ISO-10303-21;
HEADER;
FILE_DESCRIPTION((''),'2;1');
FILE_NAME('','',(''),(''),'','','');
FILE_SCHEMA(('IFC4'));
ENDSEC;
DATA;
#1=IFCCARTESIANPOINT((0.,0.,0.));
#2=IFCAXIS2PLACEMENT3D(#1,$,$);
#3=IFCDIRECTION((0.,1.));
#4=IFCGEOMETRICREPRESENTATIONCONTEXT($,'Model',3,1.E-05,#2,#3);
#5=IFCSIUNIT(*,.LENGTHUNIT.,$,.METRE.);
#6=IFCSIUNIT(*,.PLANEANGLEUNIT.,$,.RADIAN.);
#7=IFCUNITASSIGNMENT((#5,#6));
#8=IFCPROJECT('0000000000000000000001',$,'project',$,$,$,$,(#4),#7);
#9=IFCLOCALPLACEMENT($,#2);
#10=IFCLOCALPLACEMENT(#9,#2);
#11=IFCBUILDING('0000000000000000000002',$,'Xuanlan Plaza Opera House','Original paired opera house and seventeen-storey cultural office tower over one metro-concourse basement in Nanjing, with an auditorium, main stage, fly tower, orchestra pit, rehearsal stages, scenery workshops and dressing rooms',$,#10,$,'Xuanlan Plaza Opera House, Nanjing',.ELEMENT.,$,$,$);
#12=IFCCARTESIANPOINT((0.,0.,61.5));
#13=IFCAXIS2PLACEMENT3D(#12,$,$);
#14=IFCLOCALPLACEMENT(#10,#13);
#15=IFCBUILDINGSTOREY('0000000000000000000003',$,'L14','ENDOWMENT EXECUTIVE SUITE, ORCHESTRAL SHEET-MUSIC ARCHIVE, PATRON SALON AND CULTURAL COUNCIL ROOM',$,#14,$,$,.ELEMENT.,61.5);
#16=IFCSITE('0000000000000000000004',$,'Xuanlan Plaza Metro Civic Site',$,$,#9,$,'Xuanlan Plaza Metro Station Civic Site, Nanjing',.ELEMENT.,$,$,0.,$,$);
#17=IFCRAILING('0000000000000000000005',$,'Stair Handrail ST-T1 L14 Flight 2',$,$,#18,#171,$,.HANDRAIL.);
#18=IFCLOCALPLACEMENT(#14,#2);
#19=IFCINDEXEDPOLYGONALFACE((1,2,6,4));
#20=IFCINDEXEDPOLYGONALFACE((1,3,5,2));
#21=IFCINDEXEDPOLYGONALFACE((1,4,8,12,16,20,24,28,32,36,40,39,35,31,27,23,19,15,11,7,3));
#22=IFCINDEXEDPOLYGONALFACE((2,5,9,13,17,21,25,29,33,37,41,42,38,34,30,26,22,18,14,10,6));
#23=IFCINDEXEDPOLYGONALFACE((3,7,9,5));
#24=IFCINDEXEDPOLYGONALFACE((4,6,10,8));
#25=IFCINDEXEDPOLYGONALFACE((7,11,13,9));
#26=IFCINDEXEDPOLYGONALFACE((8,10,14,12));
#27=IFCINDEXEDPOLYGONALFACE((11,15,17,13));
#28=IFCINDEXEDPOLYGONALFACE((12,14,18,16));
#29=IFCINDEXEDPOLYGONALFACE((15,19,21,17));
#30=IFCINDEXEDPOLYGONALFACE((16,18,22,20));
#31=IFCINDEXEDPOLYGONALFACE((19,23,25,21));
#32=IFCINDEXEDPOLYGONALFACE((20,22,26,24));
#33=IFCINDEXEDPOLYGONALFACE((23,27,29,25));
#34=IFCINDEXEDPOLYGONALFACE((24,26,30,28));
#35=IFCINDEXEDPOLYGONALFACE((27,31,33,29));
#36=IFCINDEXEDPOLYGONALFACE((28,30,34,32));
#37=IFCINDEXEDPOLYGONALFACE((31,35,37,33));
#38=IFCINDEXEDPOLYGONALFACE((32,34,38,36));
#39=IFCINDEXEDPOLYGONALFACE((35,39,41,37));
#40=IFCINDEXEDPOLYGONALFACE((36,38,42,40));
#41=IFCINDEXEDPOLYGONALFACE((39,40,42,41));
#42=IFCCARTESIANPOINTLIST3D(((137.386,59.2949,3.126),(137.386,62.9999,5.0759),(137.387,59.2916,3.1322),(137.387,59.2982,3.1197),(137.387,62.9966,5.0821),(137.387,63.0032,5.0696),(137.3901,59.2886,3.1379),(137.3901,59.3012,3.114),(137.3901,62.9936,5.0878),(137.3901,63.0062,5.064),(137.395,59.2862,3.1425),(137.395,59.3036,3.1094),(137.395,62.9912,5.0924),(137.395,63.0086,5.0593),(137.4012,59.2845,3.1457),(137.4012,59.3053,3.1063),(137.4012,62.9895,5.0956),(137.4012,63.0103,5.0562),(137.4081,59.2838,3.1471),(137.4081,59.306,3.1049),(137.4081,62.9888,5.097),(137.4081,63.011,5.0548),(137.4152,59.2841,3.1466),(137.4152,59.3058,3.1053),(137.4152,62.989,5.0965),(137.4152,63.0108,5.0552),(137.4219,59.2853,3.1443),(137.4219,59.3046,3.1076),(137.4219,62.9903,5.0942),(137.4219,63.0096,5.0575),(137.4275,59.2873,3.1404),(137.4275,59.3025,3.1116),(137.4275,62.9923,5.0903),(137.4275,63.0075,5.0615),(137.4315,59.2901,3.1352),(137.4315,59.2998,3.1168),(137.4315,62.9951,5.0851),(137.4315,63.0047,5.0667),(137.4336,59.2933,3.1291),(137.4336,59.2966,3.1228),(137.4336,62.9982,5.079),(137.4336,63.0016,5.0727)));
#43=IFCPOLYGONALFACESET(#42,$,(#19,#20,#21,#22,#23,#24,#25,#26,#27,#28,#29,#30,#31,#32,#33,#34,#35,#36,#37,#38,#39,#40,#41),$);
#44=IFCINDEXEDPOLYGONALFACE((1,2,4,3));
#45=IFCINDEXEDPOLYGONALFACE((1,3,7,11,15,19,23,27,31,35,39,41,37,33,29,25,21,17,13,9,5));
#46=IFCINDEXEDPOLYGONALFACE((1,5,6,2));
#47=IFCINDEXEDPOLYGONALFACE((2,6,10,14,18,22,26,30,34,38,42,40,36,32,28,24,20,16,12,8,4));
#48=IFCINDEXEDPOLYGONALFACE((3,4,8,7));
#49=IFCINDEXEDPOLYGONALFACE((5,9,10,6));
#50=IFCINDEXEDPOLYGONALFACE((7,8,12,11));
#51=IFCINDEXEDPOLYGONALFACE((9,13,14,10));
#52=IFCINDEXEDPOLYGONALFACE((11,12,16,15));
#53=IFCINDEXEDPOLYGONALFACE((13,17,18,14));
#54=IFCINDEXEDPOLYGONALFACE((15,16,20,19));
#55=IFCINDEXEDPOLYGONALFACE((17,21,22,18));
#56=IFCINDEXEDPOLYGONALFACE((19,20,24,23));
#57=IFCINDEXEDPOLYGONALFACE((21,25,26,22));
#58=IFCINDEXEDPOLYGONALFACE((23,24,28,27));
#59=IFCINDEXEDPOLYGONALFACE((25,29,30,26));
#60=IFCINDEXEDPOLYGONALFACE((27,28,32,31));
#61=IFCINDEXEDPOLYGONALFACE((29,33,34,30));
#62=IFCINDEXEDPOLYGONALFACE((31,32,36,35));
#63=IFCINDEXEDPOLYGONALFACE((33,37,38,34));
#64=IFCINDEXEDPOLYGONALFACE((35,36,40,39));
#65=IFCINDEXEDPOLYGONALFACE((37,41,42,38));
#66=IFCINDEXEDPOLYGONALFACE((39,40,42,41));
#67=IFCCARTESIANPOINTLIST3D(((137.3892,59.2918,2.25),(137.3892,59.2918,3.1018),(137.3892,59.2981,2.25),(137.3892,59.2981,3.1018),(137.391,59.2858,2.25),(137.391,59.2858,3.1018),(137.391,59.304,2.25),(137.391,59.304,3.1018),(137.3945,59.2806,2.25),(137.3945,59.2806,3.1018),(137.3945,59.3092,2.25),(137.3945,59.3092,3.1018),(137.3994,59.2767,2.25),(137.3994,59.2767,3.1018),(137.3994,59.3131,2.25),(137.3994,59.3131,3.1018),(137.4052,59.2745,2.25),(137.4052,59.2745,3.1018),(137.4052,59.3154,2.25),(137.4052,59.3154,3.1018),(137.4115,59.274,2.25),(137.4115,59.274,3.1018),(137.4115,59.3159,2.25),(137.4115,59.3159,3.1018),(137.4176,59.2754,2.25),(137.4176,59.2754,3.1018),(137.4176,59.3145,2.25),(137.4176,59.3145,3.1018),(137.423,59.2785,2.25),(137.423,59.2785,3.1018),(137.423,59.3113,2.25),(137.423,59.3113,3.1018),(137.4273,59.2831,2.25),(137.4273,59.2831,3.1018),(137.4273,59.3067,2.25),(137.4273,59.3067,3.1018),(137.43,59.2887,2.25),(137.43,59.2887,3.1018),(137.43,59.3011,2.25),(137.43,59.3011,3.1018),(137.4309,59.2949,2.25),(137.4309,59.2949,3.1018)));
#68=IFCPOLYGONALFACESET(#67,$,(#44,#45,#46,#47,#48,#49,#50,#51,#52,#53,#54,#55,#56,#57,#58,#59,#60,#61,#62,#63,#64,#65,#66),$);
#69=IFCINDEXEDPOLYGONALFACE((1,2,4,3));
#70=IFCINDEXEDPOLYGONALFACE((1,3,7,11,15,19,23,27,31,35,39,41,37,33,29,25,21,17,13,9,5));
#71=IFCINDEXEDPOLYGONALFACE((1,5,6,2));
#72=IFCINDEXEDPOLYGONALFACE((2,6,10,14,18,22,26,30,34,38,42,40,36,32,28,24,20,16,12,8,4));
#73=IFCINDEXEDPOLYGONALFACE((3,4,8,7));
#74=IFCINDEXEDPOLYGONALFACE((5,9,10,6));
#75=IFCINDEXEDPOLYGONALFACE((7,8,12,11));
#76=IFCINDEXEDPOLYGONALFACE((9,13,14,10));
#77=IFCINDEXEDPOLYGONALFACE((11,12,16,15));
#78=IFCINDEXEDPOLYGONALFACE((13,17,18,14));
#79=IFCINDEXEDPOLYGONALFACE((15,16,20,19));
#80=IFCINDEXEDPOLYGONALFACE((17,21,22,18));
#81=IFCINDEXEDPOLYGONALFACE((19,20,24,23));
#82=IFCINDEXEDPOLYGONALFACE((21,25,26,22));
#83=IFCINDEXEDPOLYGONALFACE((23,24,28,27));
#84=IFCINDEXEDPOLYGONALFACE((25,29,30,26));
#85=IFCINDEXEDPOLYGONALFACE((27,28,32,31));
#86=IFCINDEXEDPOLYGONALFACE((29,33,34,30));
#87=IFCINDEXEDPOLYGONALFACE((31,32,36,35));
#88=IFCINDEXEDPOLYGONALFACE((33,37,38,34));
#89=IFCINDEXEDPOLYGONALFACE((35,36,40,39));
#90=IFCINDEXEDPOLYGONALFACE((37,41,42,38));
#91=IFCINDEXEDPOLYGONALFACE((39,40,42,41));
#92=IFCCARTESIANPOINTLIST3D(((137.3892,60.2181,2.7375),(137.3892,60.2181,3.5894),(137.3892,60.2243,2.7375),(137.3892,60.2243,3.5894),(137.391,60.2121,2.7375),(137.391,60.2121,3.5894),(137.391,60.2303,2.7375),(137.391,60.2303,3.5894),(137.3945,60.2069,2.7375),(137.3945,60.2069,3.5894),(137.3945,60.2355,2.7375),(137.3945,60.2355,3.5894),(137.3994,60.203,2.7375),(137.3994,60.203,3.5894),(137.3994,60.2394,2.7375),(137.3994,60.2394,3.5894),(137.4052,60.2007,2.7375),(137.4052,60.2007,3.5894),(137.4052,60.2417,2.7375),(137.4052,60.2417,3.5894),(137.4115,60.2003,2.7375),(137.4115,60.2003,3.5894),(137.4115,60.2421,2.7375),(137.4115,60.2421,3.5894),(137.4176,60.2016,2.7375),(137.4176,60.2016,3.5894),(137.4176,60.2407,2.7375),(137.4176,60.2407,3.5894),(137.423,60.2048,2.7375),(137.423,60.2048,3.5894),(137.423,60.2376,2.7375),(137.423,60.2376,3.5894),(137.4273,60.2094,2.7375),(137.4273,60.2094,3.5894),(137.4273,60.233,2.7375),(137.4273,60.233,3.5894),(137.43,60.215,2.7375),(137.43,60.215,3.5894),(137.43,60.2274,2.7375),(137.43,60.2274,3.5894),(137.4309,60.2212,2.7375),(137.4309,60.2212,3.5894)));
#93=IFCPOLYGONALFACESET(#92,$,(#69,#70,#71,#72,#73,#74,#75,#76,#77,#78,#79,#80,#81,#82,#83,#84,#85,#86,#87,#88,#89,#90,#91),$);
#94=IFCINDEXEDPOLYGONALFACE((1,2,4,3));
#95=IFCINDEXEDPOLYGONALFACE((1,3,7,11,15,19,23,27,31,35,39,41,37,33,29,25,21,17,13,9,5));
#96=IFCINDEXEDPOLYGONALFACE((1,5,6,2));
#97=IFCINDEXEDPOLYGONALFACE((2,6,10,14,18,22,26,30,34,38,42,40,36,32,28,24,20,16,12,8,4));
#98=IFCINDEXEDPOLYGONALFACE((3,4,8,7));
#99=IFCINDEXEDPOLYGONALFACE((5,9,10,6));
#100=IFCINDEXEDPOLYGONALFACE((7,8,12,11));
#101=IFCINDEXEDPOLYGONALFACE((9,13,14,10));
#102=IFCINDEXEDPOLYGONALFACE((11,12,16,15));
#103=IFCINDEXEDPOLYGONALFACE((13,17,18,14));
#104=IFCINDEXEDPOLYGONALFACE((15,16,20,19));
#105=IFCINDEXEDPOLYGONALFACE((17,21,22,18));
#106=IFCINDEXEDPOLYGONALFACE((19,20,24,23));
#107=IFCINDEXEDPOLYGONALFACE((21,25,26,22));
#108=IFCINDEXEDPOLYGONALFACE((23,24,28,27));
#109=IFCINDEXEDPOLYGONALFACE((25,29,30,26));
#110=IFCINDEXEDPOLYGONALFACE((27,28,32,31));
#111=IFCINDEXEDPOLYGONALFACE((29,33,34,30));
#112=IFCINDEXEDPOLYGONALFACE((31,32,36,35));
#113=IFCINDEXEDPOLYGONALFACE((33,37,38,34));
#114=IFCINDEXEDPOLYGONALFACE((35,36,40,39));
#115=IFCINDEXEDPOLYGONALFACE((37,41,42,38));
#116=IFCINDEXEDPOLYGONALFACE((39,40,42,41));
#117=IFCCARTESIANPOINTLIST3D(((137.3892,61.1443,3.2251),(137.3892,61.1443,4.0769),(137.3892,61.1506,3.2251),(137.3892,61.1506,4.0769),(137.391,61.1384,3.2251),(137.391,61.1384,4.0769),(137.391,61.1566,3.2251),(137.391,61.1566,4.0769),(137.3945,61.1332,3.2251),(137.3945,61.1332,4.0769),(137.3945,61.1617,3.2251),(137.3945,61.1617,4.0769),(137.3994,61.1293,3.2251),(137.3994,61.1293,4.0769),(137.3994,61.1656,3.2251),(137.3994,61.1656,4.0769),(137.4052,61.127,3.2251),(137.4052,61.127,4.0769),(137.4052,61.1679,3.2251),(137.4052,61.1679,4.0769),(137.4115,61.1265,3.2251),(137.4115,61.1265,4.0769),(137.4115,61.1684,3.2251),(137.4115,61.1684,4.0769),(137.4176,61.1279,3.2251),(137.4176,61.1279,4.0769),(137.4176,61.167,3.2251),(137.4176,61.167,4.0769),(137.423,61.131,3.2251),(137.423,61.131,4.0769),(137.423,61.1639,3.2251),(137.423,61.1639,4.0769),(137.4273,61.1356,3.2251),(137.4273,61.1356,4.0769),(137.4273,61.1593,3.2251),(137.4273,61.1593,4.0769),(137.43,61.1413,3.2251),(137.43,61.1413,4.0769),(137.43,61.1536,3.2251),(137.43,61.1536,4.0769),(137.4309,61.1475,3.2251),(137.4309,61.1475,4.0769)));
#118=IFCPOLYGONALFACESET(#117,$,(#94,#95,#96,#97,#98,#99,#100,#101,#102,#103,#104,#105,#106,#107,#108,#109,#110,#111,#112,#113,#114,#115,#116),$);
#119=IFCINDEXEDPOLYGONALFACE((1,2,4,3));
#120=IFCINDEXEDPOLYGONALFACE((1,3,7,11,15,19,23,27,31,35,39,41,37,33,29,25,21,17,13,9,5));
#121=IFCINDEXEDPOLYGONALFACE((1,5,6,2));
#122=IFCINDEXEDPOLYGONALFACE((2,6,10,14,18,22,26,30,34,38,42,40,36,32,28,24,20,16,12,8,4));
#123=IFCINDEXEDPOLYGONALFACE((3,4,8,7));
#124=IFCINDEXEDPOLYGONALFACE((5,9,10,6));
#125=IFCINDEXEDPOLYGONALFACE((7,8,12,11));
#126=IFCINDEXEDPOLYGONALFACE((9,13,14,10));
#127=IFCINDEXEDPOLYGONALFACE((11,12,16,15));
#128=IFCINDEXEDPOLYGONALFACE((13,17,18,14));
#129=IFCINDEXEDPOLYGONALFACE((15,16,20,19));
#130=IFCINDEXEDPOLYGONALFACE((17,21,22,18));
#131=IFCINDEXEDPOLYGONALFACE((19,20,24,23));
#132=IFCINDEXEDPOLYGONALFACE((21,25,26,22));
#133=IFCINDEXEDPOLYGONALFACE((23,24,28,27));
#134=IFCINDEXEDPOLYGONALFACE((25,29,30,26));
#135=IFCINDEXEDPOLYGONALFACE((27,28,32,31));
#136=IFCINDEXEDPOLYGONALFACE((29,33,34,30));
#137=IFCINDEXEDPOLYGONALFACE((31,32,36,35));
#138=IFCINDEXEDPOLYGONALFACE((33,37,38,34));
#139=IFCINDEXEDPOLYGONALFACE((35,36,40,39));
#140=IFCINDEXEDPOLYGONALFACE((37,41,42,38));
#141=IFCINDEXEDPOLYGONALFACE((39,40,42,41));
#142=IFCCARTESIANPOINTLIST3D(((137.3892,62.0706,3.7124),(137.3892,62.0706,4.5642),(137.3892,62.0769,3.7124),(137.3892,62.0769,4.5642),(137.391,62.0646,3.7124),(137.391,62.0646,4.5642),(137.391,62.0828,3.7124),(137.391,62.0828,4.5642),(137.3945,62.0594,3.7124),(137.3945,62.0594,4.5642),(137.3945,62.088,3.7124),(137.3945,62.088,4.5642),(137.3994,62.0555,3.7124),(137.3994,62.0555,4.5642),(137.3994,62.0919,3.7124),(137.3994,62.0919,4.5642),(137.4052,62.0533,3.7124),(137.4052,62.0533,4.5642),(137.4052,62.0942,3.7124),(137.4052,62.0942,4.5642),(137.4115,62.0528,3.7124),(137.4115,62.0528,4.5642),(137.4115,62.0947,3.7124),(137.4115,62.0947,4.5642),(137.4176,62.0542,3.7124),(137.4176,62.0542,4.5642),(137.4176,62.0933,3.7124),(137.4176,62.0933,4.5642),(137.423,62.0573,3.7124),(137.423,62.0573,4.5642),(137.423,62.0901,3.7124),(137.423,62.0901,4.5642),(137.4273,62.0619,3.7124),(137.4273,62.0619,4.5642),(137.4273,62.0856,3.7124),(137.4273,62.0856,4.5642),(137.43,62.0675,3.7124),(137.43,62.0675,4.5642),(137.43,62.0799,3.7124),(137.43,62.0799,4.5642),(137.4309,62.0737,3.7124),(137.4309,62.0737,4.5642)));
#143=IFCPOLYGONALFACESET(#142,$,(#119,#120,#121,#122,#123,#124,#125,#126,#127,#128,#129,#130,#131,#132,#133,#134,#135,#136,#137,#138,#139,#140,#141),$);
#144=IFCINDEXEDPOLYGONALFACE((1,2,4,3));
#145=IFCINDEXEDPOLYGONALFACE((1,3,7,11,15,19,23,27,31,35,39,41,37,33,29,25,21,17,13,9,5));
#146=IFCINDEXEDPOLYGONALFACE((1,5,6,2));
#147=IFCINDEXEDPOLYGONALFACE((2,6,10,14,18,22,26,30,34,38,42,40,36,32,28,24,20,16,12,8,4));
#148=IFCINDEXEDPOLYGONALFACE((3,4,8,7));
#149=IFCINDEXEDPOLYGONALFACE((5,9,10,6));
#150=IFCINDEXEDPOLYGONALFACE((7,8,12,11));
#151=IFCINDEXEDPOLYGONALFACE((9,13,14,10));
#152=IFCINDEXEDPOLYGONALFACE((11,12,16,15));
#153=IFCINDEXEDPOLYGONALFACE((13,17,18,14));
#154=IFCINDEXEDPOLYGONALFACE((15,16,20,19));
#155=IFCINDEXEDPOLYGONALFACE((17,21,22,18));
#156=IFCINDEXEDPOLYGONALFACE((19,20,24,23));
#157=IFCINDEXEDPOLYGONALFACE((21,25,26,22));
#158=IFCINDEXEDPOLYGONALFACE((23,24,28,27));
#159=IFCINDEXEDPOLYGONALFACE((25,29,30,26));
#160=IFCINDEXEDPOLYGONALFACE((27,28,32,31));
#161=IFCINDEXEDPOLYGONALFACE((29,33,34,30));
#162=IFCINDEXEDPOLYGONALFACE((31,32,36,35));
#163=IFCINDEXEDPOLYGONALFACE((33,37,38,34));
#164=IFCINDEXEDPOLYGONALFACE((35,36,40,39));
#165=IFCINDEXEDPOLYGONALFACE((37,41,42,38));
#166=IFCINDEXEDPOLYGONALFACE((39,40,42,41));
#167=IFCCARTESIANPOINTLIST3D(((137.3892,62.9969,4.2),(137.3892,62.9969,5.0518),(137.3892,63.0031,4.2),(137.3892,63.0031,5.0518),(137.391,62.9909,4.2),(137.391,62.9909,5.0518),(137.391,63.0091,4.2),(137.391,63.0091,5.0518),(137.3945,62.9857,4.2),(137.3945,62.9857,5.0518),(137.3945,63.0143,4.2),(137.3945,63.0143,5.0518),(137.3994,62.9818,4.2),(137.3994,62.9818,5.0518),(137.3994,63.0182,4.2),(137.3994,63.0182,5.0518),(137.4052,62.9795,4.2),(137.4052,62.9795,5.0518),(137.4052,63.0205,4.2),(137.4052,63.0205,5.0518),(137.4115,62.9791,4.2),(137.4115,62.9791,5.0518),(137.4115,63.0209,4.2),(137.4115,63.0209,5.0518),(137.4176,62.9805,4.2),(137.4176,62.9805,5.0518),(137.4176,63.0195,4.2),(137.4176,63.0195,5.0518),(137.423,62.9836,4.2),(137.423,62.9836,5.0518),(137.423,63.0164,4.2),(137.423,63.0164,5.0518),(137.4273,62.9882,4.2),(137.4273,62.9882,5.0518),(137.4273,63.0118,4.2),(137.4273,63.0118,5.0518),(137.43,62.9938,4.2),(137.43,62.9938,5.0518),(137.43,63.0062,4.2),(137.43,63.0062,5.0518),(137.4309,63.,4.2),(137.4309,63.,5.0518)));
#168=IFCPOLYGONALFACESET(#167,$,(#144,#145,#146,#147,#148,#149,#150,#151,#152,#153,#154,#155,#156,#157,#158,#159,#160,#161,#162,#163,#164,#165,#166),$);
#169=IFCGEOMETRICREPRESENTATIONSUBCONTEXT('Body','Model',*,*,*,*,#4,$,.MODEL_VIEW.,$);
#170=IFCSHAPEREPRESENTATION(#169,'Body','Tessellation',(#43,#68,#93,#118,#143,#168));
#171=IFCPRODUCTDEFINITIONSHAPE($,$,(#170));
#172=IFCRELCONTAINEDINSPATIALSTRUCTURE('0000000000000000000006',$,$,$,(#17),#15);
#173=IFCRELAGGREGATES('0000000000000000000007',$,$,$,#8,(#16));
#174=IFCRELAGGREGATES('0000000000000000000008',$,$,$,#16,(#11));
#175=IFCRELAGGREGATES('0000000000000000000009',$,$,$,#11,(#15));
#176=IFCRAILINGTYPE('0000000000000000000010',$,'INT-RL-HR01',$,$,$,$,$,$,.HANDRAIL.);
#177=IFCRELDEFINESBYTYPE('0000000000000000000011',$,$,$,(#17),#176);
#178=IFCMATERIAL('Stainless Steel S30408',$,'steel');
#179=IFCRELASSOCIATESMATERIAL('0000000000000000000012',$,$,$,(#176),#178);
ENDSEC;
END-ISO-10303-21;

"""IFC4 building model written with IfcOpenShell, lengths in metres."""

from ifc_helpers import new_model, si_unit, direction, frame, origin, origin_2d, place, context, subcontext, project, spatial, circle, extrude, material, type_object, element, save


model = new_model("IFC4")

# Units and contexts
model_context = context("Model", 3, precision=1e-05, world=origin(), true_north=direction((0.0, 1.0)))
body_context = subcontext(model_context, "Body", "Model", "MODEL_VIEW")
ifc_project = project(units=[si_unit("LENGTHUNIT", "METRE"), si_unit("PLANEANGLEUNIT", "RADIAN")], contexts=[model_context])

# Site, building, storey
site_placement = place(None, origin())
site = spatial("IfcSite", under=ifc_project, at=site_placement, Name="Xuanlan Plaza Metro Civic Site", LongName="Xuanlan Plaza Metro Station Civic Site, Nanjing", CompositionType="ELEMENT", RefElevation=0.0)
building_placement = place(site_placement, origin())
building = spatial("IfcBuilding", under=site, at=building_placement, Name="Xuanlan Plaza Opera House", Description="Original paired opera house and seventeen-storey cultural office tower over one metro-concourse basement in Nanjing, with an auditorium, main stage, fly tower, orchestra pit, rehearsal stages, scenery workshops and dressing rooms", LongName="Xuanlan Plaza Opera House, Nanjing", CompositionType="ELEMENT")
storey_placement = place(building_placement, frame((0.0, 0.0, 61.5)))
storey = spatial("IfcBuildingStorey", under=building, at=storey_placement, Name="L14", Description="ENDOWMENT EXECUTIVE SUITE, ORCHESTRAL SHEET-MUSIC ARCHIVE, PATRON SALON AND CULTURAL COUNCIL ROOM", CompositionType="ELEMENT", Elevation=61.5)

# Shared definitions
ifc_material_1 = material(Name="Stainless Steel S30408", Category="steel")

# Railing
railing_type = type_object("IfcRailingType", Name="INT-RL-HR01", PredefinedType="HANDRAIL", material=ifc_material_1)
railing_placement = place(storey_placement, frame((137.4099, 59.2949, 2.25)))
element("IfcRailing", 1, at=railing_placement, inside=storey, type_object=railing_type, Name="Stair Handrail ST-T1 L14 Flight 2", PredefinedType="HANDRAIL", context=body_context, shape_type="SweptSolid", body=[
    extrude(circle(Radius=0.0239, at=origin_2d()), frame((0.0, 0.0, 0.876), z_axis=(0.0, 0.884927, 0.46573), x_axis=(-1.0, 0.0, 0.0)), (0.0, 0.0, 1.0), 4.1868),
    extrude(circle(Radius=0.021, at=origin_2d()), origin(), (0.0, 0.0, 1.0), 0.8518),
    extrude(circle(Radius=0.021, at=origin_2d()), frame((0.0, 0.9263, 0.4875)), (0.0, 0.0, 1.0), 0.8518),
    extrude(circle(Radius=0.021, at=origin_2d()), frame((0.0, 1.8525, 0.9751)), (0.0, 0.0, 1.0), 0.8518),
    extrude(circle(Radius=0.021, at=origin_2d()), frame((0.0, 2.7788, 1.4624)), (0.0, 0.0, 1.0), 0.8518),
    extrude(circle(Radius=0.021, at=origin_2d()), frame((0.0, 3.7051, 1.95)), (0.0, 0.0, 1.0), 0.8518),
])

save(model, "model.ifc")
